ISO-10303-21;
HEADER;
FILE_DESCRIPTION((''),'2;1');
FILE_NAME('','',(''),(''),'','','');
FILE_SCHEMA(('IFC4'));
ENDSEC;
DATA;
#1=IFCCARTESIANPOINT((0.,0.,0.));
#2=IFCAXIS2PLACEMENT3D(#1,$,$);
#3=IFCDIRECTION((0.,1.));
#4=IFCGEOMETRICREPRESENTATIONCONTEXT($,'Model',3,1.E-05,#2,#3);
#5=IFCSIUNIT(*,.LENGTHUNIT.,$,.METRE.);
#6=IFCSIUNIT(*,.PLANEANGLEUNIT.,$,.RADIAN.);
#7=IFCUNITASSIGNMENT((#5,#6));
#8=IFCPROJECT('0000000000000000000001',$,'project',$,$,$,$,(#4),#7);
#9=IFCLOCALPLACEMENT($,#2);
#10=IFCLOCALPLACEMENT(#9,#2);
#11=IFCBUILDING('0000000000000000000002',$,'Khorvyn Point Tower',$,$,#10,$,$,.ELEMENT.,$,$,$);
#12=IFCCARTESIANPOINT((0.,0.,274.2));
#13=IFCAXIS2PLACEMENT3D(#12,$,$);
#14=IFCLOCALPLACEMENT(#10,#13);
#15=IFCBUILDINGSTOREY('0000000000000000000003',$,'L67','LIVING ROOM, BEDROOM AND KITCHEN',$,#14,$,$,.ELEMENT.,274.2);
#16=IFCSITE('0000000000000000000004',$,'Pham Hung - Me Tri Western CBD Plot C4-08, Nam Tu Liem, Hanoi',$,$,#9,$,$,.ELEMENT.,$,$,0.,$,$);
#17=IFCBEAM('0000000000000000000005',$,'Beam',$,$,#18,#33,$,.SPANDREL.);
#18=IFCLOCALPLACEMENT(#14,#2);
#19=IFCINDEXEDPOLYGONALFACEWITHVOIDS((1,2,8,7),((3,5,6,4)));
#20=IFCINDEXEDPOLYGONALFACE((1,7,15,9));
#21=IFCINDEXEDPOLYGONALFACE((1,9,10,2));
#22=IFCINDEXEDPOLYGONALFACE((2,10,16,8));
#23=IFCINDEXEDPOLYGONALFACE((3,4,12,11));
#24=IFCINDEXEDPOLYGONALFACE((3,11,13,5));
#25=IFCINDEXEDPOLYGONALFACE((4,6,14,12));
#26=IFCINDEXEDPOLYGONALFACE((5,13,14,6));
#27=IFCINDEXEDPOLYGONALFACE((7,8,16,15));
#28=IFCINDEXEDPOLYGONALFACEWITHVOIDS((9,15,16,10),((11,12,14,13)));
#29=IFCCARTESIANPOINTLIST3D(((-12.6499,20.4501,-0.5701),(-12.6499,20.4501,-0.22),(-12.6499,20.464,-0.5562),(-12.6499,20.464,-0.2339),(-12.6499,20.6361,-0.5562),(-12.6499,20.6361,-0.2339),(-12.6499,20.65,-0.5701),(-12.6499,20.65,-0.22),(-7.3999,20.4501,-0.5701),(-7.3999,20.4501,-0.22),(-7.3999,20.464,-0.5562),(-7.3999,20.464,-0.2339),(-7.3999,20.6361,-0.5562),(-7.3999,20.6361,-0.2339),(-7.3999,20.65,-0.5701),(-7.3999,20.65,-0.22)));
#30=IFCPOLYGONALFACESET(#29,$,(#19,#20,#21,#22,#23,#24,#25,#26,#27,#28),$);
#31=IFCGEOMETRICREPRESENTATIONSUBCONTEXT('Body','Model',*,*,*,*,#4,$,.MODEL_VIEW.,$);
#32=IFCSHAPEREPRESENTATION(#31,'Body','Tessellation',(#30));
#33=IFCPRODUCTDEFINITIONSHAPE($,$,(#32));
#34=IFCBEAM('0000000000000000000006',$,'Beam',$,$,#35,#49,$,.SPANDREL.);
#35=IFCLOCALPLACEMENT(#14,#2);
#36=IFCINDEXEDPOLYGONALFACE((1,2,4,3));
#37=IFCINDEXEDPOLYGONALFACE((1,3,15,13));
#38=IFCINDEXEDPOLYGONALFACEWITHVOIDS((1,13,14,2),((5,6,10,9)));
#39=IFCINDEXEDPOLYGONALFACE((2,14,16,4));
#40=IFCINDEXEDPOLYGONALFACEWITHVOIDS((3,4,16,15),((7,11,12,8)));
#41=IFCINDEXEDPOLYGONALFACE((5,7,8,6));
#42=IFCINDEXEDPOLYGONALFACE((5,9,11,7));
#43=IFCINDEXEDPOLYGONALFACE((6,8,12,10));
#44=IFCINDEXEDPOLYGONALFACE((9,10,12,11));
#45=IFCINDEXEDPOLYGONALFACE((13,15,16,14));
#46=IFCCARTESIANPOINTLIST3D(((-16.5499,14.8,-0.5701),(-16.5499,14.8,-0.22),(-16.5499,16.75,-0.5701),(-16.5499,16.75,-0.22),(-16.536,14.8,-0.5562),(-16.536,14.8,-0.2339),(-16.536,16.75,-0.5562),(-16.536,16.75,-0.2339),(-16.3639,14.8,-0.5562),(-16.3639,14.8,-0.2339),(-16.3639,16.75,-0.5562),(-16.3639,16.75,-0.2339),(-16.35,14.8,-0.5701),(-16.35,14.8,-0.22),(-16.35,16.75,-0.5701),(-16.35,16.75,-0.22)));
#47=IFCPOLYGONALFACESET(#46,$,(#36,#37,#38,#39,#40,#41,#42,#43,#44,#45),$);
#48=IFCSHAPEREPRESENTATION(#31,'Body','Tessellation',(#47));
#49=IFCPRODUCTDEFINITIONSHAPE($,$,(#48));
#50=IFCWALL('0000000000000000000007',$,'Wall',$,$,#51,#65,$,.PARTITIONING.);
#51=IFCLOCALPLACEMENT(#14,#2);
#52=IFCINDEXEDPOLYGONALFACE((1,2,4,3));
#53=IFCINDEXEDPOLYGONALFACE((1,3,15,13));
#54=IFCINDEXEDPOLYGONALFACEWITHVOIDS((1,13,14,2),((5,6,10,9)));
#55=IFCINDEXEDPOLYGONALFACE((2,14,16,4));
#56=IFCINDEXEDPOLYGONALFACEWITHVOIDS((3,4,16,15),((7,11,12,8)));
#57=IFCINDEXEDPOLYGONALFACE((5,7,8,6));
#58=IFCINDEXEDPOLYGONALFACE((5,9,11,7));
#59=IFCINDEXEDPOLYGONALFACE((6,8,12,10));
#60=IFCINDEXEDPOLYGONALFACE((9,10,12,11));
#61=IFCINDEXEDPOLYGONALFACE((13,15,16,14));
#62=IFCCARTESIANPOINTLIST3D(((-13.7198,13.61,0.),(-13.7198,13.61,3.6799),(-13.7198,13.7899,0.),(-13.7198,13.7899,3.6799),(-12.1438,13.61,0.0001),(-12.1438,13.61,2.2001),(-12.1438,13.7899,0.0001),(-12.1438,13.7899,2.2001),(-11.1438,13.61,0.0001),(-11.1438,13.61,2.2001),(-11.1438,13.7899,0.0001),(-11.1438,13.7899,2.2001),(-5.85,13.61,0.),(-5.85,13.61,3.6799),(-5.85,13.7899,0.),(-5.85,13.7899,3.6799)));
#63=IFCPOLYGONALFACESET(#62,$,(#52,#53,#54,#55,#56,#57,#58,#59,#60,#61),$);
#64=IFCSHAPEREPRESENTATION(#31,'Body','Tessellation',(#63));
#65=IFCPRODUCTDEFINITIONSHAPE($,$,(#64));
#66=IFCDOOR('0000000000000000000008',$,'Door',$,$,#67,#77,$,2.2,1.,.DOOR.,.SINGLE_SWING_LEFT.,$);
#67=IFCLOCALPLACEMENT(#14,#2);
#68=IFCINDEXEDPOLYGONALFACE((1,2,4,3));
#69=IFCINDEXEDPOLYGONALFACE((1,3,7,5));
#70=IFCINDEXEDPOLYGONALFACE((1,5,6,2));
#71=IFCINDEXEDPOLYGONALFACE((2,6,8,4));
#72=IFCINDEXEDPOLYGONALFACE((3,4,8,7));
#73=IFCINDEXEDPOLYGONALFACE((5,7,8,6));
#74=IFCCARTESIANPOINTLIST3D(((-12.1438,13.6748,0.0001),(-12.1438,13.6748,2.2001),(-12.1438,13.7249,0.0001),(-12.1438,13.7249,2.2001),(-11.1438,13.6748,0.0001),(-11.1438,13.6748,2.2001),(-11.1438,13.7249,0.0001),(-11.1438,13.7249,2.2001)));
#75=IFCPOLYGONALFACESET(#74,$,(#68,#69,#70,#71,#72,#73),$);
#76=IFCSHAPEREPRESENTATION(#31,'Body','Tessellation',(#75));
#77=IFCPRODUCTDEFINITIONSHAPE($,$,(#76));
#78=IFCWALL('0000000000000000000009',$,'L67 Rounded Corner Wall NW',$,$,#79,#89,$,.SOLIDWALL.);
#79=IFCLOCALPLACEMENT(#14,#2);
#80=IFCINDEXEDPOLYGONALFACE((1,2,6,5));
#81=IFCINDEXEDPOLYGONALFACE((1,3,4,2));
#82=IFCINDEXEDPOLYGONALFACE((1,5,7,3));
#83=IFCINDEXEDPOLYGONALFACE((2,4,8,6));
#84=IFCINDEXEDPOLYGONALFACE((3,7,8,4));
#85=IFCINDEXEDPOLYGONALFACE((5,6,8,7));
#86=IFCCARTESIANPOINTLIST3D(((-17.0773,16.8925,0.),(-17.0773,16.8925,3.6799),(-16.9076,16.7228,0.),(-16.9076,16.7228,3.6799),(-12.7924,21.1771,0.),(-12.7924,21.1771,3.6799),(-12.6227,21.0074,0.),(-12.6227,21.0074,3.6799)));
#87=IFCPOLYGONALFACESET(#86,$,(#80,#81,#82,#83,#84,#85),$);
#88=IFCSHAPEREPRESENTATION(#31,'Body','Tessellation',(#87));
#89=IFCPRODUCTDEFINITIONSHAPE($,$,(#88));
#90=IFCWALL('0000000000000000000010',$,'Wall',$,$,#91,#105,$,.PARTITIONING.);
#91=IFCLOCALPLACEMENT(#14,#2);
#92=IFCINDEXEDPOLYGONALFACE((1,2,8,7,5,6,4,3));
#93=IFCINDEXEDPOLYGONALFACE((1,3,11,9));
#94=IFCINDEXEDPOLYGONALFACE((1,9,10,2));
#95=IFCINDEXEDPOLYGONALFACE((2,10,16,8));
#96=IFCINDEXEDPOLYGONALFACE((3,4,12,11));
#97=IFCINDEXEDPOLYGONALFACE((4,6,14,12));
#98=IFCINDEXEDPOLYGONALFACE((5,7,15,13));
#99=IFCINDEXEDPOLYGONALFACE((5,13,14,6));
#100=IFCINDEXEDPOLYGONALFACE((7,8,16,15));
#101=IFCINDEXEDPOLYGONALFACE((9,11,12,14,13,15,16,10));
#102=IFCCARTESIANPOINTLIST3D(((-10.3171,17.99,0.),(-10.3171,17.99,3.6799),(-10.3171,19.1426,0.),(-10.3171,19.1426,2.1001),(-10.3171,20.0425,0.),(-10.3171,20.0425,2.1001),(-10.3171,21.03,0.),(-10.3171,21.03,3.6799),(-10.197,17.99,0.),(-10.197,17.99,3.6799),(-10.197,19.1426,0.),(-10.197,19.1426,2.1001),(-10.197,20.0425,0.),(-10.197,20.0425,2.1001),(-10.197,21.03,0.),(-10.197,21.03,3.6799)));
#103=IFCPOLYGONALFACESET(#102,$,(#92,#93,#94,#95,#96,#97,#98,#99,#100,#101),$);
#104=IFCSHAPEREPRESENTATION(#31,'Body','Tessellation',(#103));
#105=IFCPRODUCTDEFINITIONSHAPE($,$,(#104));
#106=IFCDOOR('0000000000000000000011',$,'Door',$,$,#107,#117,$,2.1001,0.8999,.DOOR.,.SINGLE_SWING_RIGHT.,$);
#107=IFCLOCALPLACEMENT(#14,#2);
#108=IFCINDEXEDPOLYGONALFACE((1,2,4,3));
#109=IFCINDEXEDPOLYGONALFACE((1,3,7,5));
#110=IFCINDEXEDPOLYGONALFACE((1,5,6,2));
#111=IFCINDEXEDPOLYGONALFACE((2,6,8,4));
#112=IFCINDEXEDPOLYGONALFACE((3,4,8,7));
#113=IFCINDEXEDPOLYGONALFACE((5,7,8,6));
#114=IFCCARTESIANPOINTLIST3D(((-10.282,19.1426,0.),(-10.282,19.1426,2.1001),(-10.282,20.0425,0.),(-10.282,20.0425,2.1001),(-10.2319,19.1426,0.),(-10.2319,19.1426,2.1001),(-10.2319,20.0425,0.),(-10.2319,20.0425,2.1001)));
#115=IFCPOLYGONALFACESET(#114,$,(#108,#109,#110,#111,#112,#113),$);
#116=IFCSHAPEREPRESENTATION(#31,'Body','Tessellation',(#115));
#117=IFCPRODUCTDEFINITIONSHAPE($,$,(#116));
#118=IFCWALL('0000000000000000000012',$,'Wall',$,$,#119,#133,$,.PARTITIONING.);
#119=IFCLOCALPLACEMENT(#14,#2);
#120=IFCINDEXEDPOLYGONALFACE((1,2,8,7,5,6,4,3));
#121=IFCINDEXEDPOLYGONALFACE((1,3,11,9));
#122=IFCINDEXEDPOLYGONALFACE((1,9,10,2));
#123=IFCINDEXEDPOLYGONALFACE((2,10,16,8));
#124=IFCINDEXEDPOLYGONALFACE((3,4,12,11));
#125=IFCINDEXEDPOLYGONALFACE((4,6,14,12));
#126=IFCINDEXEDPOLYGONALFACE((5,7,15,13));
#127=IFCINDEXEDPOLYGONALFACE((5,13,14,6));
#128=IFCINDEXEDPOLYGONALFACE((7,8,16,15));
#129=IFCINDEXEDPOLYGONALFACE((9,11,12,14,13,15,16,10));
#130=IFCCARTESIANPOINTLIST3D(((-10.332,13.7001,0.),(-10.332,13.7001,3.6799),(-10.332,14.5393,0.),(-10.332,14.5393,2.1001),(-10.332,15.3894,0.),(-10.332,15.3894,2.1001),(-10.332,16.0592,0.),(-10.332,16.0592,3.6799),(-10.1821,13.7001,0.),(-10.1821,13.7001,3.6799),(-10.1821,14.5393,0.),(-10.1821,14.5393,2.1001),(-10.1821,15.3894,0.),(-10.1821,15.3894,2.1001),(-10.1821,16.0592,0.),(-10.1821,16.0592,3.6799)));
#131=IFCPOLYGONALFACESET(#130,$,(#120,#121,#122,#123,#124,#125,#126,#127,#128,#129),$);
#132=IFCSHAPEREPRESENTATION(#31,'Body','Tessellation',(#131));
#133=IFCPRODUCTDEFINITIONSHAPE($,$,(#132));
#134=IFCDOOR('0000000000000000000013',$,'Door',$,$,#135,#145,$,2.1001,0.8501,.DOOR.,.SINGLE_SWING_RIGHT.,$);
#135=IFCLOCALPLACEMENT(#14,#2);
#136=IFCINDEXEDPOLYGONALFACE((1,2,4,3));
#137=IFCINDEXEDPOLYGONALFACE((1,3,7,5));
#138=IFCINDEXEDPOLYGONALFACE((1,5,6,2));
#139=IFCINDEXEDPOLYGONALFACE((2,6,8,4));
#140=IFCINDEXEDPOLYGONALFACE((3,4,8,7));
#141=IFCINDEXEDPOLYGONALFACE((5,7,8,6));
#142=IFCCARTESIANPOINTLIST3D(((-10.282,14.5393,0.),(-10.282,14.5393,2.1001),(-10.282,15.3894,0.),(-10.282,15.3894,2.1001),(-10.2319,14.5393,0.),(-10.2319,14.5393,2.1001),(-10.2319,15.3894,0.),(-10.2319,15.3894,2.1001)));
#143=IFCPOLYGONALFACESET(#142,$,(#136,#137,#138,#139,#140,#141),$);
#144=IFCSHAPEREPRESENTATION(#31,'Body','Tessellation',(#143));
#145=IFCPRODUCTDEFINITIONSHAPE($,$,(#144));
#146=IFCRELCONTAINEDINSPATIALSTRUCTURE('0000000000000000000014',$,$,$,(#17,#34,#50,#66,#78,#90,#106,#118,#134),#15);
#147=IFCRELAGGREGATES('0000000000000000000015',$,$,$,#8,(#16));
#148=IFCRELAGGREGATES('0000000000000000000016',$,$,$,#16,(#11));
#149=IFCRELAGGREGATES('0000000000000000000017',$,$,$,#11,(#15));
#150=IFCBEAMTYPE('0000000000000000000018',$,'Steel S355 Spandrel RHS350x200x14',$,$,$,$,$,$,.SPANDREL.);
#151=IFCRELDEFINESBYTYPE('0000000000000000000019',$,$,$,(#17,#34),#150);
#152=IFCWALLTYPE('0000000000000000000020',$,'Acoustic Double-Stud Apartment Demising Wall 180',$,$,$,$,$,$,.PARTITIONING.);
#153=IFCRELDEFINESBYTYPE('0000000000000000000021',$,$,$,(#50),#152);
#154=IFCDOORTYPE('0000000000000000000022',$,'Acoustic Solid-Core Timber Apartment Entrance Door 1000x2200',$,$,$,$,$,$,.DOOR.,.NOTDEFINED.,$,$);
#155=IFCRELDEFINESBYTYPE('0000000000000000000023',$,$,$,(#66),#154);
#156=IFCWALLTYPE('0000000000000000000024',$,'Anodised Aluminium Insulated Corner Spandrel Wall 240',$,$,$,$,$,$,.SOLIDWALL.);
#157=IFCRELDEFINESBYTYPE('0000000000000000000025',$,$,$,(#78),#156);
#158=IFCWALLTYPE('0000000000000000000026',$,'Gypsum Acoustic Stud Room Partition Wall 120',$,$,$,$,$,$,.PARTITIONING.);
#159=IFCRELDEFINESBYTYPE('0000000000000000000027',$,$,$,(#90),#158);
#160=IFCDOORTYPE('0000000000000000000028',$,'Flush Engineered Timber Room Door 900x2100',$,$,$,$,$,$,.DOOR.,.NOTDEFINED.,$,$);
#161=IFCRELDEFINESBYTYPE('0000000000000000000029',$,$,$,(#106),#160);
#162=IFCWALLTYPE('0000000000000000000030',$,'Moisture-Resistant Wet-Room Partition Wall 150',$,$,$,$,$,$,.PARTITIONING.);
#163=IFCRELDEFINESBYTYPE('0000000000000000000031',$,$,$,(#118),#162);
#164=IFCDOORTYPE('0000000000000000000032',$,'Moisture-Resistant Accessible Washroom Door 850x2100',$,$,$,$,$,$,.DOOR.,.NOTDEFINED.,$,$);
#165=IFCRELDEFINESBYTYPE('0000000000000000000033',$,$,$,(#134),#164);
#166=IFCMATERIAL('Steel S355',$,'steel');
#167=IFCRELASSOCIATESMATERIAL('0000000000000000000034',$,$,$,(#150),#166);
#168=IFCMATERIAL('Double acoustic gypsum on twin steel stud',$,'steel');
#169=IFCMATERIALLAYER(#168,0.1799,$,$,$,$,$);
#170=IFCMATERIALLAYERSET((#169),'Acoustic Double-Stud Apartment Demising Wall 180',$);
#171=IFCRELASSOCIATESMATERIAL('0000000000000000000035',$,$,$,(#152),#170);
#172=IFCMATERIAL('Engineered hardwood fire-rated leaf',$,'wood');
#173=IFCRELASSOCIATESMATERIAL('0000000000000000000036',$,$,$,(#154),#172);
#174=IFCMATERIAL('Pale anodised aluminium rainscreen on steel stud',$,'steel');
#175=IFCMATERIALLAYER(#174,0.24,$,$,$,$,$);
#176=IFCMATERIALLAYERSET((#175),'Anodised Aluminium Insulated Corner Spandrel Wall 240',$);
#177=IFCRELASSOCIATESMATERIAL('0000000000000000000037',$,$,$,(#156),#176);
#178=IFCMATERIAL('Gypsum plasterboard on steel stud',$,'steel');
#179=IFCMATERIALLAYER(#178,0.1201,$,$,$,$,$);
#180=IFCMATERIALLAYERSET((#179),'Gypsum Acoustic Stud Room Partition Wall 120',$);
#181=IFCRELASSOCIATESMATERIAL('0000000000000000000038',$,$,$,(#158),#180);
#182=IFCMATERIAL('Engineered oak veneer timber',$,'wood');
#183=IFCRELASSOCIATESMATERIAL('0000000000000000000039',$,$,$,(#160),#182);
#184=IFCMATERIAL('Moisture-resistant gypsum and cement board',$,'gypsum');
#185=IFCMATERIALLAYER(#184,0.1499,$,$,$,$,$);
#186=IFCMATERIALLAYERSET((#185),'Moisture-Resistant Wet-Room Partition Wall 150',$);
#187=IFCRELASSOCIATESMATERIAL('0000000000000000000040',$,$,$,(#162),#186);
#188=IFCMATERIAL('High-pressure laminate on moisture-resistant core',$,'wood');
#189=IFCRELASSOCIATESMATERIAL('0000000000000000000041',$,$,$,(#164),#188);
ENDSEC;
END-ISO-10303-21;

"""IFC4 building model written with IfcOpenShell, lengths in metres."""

from ifc_helpers import new_model, si_unit, direction, frame, frame_2d, origin, origin_2d, place, context, subcontext, project, spatial, rectangle, hollow_rectangle, extrude, material, layer, layer_set, material_profile, profile_set, type_object, element, fill, save


model = new_model("IFC4")

# Units and contexts
model_context = context("Model", 3, precision=1e-05, world=origin(), true_north=direction((0.0, 1.0)))
body_context = subcontext(model_context, "Body", "Model", "MODEL_VIEW")
ifc_project = project(units=[si_unit("LENGTHUNIT", "METRE"), si_unit("PLANEANGLEUNIT", "RADIAN")], contexts=[model_context])

# Site, building, storey
site_placement = place(None, origin())
site = spatial("IfcSite", under=ifc_project, at=site_placement, Name="Pham Hung - Me Tri Western CBD Plot C4-08, Nam Tu Liem, Hanoi", CompositionType="ELEMENT", RefElevation=0.0)
building_placement = place(site_placement, origin())
building = spatial("IfcBuilding", under=site, at=building_placement, Name="Khorvyn Point Tower", CompositionType="ELEMENT")
storey_placement = place(building_placement, frame((0.0, 0.0, 274.2)))
storey = spatial("IfcBuildingStorey", under=building, at=storey_placement, Name="L67", Description="LIVING ROOM, BEDROOM AND KITCHEN", CompositionType="ELEMENT", Elevation=274.2)

# Shared definitions
ifc_material_1 = material(Name="Steel S355", Category="steel")

# Beams
ifc_material_profile_1 = material_profile(ifc_material_1, hollow_rectangle(XDim=0.2, YDim=0.3501, WallThickness=0.0139, at=origin_2d()))
ifc_profile_set_1 = profile_set([ifc_material_profile_1], Name="Steel S355 RHS350x200x14")
beam_type_1 = type_object("IfcBeamType", Name="Steel S355 Spandrel RHS350x200x14", PredefinedType="SPANDREL", material=ifc_profile_set_1)
beam_1_placement = place(storey_placement, frame((-12.6499, 20.55, -0.395), z_axis=(1.0, 0.0, 0.0), x_axis=(0.0, 1.0, 0.0)))
element("IfcBeam", 1, at=beam_1_placement, inside=storey, type_object=beam_type_1, Name="Beam", PredefinedType="SPANDREL", context=body_context, shape_type="SweptSolid", body=[
    extrude(hollow_rectangle(XDim=0.2, YDim=0.3501, WallThickness=0.0139, at=origin_2d()), origin(), (0.0, 0.0, 1.0), 5.25),
])
beam_2_placement = place(storey_placement, frame((-16.45, 14.8, -0.395), z_axis=(0.0, 1.0, 0.0), x_axis=(-1.0, 0.0, 0.0)))
element("IfcBeam", 2, at=beam_2_placement, inside=storey, type_object=beam_type_1, Name="Beam", PredefinedType="SPANDREL", context=body_context, shape_type="SweptSolid", body=[
    extrude(hollow_rectangle(XDim=0.2, YDim=0.3501, WallThickness=0.0139, at=origin_2d()), origin(), (0.0, 0.0, 1.0), 1.95),
])

# Wall, opening, door
ifc_material_2 = material(Name="Double acoustic gypsum on twin steel stud", Category="steel")
ifc_layer_1 = layer(ifc_material_2, 0.1799)
ifc_layer_set_1 = layer_set([ifc_layer_1], Name="Acoustic Double-Stud Apartment Demising Wall 180")
wall_type_1 = type_object("IfcWallType", Name="Acoustic Double-Stud Apartment Demising Wall 180", PredefinedType="PARTITIONING", material=ifc_layer_set_1)
wall_1_placement = place(storey_placement, frame((-13.72, 13.7, 0.0), z_axis=(0.0, 0.0, 1.0), x_axis=(1.0, 0.0, 0.0)))
wall_1 = element("IfcWall", 3, at=wall_1_placement, inside=storey, type_object=wall_type_1, Name="Wall", PredefinedType="PARTITIONING", context=body_context, shape_type="SweptSolid", body=[
    extrude(rectangle(XDim=7.8699, YDim=0.1799, at=frame_2d((3.9351, 0.0))), origin(), (0.0, 0.0, 1.0), 3.6799),
])
opening_1_placement = place(wall_1_placement, frame((1.5762, 0.0, 0.0)))
opening_1 = element("IfcOpeningElement", 4, at=opening_1_placement, cuts=wall_1, PredefinedType="OPENING", context=body_context, shape_type="SweptSolid", body=[
    extrude(rectangle(XDim=1.0, YDim=2.2, at=frame_2d((0.5, 1.1001))), frame((0.0, 0.0999, 0.0), z_axis=(0.0, -1.0, 0.0), x_axis=(1.0, 0.0, 0.0)), (0.0, 0.0, 1.0), 0.2),
])
ifc_material_3 = material(Name="Engineered hardwood fire-rated leaf", Category="wood")
door_type_1 = type_object("IfcDoorType", Name="Acoustic Solid-Core Timber Apartment Entrance Door 1000x2200", OperationType="NOTDEFINED", PredefinedType="DOOR", material=ifc_material_3)
door_1_placement = place(opening_1_placement, origin())
door_1 = element("IfcDoor", 5, at=door_1_placement, inside=storey, type_object=door_type_1, Name="Door", OperationType="SINGLE_SWING_LEFT", OverallHeight=2.2, OverallWidth=1.0, PredefinedType="DOOR", context=body_context, shape_type="SweptSolid", body=[
    extrude(rectangle(XDim=1.0, YDim=2.2, at=frame_2d((0.5, 1.1001))), frame((0.0, 0.0249, 0.0), z_axis=(0.0, -1.0, 0.0), x_axis=(1.0, 0.0, 0.0)), (0.0, 0.0, 1.0), 0.05),
])
fill(opening_1, door_1)

# Wall
ifc_material_4 = material(Name="Pale anodised aluminium rainscreen on steel stud", Category="steel")
ifc_layer_2 = layer(ifc_material_4, 0.24)
ifc_layer_set_2 = layer_set([ifc_layer_2], Name="Anodised Aluminium Insulated Corner Spandrel Wall 240")
wall_type_2 = type_object("IfcWallType", Name="Anodised Aluminium Insulated Corner Spandrel Wall 240", PredefinedType="SOLIDWALL", material=ifc_layer_set_2)
wall_2_placement = place(storey_placement, frame((-16.9924, 16.8076, 0.0), z_axis=(0.0, 0.0, 1.0), x_axis=(0.707127, 0.707087, 0.0)))
element("IfcWall", 6, at=wall_2_placement, inside=storey, type_object=wall_type_2, Name="L67 Rounded Corner Wall NW", PredefinedType="SOLIDWALL", context=body_context, shape_type="SweptSolid", body=[
    extrude(rectangle(XDim=6.0596, YDim=0.24, at=frame_2d((3.0298, 0.0))), origin(), (0.0, 0.0, 1.0), 3.6799),
])

# Walls, openings, doors
ifc_material_5 = material(Name="Gypsum plasterboard on steel stud", Category="steel")
ifc_layer_3 = layer(ifc_material_5, 0.1201)
ifc_layer_set_3 = layer_set([ifc_layer_3], Name="Gypsum Acoustic Stud Room Partition Wall 120")
wall_type_3 = type_object("IfcWallType", Name="Gypsum Acoustic Stud Room Partition Wall 120", PredefinedType="PARTITIONING", material=ifc_layer_set_3)
wall_3_placement = place(storey_placement, frame((-10.2571, 17.99, 0.0), z_axis=(0.0, 0.0, 1.0), x_axis=(0.0, 1.0, 0.0)))
wall_3 = element("IfcWall", 7, at=wall_3_placement, inside=storey, type_object=wall_type_3, Name="Wall", PredefinedType="PARTITIONING", context=body_context, shape_type="SweptSolid", body=[
    extrude(rectangle(XDim=3.04, YDim=0.1201, at=frame_2d((1.52, 0.0))), origin(), (0.0, 0.0, 1.0), 3.6799),
])
opening_2_placement = place(wall_3_placement, frame((1.1526, 0.0, 0.0)))
opening_2 = element("IfcOpeningElement", 8, at=opening_2_placement, cuts=wall_3, PredefinedType="OPENING", context=body_context, shape_type="SweptSolid", body=[
    extrude(rectangle(XDim=0.8999, YDim=2.1001, at=frame_2d((0.45, 1.05))), frame((0.0, 0.0701, 0.0), z_axis=(0.0, -1.0, 0.0), x_axis=(1.0, 0.0, 0.0)), (0.0, 0.0, 1.0), 0.1401),
])
ifc_material_6 = material(Name="Engineered oak veneer timber", Category="wood")
door_type_2 = type_object("IfcDoorType", Name="Flush Engineered Timber Room Door 900x2100", OperationType="NOTDEFINED", PredefinedType="DOOR", material=ifc_material_6)
door_2_placement = place(opening_2_placement, origin())
door_2 = element("IfcDoor", 9, at=door_2_placement, inside=storey, type_object=door_type_2, Name="Door", OperationType="SINGLE_SWING_RIGHT", OverallHeight=2.1001, OverallWidth=0.8999, PredefinedType="DOOR", context=body_context, shape_type="SweptSolid", body=[
    extrude(rectangle(XDim=0.8999, YDim=2.1001, at=frame_2d((0.45, 1.05))), frame((0.0, 0.0249, 0.0), z_axis=(0.0, -1.0, 0.0), x_axis=(1.0, 0.0, 0.0)), (0.0, 0.0, 1.0), 0.05),
])
fill(opening_2, door_2)
ifc_material_7 = material(Name="Moisture-resistant gypsum and cement board", Category="gypsum")
ifc_layer_4 = layer(ifc_material_7, 0.1499)
ifc_layer_set_4 = layer_set([ifc_layer_4], Name="Moisture-Resistant Wet-Room Partition Wall 150")
wall_type_4 = type_object("IfcWallType", Name="Moisture-Resistant Wet-Room Partition Wall 150", PredefinedType="PARTITIONING", material=ifc_layer_set_4)
wall_4_placement = place(storey_placement, frame((-10.2571, 13.7, 0.0), z_axis=(0.0, 0.0, 1.0), x_axis=(0.0, 1.0, 0.0)))
wall_4 = element("IfcWall", 10, at=wall_4_placement, inside=storey, type_object=wall_type_4, Name="Wall", PredefinedType="PARTITIONING", context=body_context, shape_type="SweptSolid", body=[
    extrude(rectangle(XDim=2.3591, YDim=0.1499, at=frame_2d((1.1797, 0.0))), origin(), (0.0, 0.0, 1.0), 3.6799),
])
opening_3_placement = place(wall_4_placement, frame((0.8394, 0.0, 0.0)))
opening_3 = element("IfcOpeningElement", 11, at=opening_3_placement, cuts=wall_4, PredefinedType="OPENING", context=body_context, shape_type="SweptSolid", body=[
    extrude(rectangle(XDim=0.8501, YDim=2.1001, at=frame_2d((0.425, 1.05))), frame((0.0, 0.085, 0.0), z_axis=(0.0, -1.0, 0.0), x_axis=(1.0, 0.0, 0.0)), (0.0, 0.0, 1.0), 0.1699),
])
ifc_material_8 = material(Name="High-pressure laminate on moisture-resistant core", Category="wood")
door_type_3 = type_object("IfcDoorType", Name="Moisture-Resistant Accessible Washroom Door 850x2100", OperationType="NOTDEFINED", PredefinedType="DOOR", material=ifc_material_8)
door_3_placement = place(opening_3_placement, origin())
door_3 = element("IfcDoor", 12, at=door_3_placement, inside=storey, type_object=door_type_3, Name="Door", OperationType="SINGLE_SWING_RIGHT", OverallHeight=2.1001, OverallWidth=0.8501, PredefinedType="DOOR", context=body_context, shape_type="SweptSolid", body=[
    extrude(rectangle(XDim=0.8501, YDim=2.1001, at=frame_2d((0.425, 1.05))), frame((0.0, 0.0249, 0.0), z_axis=(0.0, -1.0, 0.0), x_axis=(1.0, 0.0, 0.0)), (0.0, 0.0, 1.0), 0.05),
])
fill(opening_3, door_3)

save(model, "model.ifc")
